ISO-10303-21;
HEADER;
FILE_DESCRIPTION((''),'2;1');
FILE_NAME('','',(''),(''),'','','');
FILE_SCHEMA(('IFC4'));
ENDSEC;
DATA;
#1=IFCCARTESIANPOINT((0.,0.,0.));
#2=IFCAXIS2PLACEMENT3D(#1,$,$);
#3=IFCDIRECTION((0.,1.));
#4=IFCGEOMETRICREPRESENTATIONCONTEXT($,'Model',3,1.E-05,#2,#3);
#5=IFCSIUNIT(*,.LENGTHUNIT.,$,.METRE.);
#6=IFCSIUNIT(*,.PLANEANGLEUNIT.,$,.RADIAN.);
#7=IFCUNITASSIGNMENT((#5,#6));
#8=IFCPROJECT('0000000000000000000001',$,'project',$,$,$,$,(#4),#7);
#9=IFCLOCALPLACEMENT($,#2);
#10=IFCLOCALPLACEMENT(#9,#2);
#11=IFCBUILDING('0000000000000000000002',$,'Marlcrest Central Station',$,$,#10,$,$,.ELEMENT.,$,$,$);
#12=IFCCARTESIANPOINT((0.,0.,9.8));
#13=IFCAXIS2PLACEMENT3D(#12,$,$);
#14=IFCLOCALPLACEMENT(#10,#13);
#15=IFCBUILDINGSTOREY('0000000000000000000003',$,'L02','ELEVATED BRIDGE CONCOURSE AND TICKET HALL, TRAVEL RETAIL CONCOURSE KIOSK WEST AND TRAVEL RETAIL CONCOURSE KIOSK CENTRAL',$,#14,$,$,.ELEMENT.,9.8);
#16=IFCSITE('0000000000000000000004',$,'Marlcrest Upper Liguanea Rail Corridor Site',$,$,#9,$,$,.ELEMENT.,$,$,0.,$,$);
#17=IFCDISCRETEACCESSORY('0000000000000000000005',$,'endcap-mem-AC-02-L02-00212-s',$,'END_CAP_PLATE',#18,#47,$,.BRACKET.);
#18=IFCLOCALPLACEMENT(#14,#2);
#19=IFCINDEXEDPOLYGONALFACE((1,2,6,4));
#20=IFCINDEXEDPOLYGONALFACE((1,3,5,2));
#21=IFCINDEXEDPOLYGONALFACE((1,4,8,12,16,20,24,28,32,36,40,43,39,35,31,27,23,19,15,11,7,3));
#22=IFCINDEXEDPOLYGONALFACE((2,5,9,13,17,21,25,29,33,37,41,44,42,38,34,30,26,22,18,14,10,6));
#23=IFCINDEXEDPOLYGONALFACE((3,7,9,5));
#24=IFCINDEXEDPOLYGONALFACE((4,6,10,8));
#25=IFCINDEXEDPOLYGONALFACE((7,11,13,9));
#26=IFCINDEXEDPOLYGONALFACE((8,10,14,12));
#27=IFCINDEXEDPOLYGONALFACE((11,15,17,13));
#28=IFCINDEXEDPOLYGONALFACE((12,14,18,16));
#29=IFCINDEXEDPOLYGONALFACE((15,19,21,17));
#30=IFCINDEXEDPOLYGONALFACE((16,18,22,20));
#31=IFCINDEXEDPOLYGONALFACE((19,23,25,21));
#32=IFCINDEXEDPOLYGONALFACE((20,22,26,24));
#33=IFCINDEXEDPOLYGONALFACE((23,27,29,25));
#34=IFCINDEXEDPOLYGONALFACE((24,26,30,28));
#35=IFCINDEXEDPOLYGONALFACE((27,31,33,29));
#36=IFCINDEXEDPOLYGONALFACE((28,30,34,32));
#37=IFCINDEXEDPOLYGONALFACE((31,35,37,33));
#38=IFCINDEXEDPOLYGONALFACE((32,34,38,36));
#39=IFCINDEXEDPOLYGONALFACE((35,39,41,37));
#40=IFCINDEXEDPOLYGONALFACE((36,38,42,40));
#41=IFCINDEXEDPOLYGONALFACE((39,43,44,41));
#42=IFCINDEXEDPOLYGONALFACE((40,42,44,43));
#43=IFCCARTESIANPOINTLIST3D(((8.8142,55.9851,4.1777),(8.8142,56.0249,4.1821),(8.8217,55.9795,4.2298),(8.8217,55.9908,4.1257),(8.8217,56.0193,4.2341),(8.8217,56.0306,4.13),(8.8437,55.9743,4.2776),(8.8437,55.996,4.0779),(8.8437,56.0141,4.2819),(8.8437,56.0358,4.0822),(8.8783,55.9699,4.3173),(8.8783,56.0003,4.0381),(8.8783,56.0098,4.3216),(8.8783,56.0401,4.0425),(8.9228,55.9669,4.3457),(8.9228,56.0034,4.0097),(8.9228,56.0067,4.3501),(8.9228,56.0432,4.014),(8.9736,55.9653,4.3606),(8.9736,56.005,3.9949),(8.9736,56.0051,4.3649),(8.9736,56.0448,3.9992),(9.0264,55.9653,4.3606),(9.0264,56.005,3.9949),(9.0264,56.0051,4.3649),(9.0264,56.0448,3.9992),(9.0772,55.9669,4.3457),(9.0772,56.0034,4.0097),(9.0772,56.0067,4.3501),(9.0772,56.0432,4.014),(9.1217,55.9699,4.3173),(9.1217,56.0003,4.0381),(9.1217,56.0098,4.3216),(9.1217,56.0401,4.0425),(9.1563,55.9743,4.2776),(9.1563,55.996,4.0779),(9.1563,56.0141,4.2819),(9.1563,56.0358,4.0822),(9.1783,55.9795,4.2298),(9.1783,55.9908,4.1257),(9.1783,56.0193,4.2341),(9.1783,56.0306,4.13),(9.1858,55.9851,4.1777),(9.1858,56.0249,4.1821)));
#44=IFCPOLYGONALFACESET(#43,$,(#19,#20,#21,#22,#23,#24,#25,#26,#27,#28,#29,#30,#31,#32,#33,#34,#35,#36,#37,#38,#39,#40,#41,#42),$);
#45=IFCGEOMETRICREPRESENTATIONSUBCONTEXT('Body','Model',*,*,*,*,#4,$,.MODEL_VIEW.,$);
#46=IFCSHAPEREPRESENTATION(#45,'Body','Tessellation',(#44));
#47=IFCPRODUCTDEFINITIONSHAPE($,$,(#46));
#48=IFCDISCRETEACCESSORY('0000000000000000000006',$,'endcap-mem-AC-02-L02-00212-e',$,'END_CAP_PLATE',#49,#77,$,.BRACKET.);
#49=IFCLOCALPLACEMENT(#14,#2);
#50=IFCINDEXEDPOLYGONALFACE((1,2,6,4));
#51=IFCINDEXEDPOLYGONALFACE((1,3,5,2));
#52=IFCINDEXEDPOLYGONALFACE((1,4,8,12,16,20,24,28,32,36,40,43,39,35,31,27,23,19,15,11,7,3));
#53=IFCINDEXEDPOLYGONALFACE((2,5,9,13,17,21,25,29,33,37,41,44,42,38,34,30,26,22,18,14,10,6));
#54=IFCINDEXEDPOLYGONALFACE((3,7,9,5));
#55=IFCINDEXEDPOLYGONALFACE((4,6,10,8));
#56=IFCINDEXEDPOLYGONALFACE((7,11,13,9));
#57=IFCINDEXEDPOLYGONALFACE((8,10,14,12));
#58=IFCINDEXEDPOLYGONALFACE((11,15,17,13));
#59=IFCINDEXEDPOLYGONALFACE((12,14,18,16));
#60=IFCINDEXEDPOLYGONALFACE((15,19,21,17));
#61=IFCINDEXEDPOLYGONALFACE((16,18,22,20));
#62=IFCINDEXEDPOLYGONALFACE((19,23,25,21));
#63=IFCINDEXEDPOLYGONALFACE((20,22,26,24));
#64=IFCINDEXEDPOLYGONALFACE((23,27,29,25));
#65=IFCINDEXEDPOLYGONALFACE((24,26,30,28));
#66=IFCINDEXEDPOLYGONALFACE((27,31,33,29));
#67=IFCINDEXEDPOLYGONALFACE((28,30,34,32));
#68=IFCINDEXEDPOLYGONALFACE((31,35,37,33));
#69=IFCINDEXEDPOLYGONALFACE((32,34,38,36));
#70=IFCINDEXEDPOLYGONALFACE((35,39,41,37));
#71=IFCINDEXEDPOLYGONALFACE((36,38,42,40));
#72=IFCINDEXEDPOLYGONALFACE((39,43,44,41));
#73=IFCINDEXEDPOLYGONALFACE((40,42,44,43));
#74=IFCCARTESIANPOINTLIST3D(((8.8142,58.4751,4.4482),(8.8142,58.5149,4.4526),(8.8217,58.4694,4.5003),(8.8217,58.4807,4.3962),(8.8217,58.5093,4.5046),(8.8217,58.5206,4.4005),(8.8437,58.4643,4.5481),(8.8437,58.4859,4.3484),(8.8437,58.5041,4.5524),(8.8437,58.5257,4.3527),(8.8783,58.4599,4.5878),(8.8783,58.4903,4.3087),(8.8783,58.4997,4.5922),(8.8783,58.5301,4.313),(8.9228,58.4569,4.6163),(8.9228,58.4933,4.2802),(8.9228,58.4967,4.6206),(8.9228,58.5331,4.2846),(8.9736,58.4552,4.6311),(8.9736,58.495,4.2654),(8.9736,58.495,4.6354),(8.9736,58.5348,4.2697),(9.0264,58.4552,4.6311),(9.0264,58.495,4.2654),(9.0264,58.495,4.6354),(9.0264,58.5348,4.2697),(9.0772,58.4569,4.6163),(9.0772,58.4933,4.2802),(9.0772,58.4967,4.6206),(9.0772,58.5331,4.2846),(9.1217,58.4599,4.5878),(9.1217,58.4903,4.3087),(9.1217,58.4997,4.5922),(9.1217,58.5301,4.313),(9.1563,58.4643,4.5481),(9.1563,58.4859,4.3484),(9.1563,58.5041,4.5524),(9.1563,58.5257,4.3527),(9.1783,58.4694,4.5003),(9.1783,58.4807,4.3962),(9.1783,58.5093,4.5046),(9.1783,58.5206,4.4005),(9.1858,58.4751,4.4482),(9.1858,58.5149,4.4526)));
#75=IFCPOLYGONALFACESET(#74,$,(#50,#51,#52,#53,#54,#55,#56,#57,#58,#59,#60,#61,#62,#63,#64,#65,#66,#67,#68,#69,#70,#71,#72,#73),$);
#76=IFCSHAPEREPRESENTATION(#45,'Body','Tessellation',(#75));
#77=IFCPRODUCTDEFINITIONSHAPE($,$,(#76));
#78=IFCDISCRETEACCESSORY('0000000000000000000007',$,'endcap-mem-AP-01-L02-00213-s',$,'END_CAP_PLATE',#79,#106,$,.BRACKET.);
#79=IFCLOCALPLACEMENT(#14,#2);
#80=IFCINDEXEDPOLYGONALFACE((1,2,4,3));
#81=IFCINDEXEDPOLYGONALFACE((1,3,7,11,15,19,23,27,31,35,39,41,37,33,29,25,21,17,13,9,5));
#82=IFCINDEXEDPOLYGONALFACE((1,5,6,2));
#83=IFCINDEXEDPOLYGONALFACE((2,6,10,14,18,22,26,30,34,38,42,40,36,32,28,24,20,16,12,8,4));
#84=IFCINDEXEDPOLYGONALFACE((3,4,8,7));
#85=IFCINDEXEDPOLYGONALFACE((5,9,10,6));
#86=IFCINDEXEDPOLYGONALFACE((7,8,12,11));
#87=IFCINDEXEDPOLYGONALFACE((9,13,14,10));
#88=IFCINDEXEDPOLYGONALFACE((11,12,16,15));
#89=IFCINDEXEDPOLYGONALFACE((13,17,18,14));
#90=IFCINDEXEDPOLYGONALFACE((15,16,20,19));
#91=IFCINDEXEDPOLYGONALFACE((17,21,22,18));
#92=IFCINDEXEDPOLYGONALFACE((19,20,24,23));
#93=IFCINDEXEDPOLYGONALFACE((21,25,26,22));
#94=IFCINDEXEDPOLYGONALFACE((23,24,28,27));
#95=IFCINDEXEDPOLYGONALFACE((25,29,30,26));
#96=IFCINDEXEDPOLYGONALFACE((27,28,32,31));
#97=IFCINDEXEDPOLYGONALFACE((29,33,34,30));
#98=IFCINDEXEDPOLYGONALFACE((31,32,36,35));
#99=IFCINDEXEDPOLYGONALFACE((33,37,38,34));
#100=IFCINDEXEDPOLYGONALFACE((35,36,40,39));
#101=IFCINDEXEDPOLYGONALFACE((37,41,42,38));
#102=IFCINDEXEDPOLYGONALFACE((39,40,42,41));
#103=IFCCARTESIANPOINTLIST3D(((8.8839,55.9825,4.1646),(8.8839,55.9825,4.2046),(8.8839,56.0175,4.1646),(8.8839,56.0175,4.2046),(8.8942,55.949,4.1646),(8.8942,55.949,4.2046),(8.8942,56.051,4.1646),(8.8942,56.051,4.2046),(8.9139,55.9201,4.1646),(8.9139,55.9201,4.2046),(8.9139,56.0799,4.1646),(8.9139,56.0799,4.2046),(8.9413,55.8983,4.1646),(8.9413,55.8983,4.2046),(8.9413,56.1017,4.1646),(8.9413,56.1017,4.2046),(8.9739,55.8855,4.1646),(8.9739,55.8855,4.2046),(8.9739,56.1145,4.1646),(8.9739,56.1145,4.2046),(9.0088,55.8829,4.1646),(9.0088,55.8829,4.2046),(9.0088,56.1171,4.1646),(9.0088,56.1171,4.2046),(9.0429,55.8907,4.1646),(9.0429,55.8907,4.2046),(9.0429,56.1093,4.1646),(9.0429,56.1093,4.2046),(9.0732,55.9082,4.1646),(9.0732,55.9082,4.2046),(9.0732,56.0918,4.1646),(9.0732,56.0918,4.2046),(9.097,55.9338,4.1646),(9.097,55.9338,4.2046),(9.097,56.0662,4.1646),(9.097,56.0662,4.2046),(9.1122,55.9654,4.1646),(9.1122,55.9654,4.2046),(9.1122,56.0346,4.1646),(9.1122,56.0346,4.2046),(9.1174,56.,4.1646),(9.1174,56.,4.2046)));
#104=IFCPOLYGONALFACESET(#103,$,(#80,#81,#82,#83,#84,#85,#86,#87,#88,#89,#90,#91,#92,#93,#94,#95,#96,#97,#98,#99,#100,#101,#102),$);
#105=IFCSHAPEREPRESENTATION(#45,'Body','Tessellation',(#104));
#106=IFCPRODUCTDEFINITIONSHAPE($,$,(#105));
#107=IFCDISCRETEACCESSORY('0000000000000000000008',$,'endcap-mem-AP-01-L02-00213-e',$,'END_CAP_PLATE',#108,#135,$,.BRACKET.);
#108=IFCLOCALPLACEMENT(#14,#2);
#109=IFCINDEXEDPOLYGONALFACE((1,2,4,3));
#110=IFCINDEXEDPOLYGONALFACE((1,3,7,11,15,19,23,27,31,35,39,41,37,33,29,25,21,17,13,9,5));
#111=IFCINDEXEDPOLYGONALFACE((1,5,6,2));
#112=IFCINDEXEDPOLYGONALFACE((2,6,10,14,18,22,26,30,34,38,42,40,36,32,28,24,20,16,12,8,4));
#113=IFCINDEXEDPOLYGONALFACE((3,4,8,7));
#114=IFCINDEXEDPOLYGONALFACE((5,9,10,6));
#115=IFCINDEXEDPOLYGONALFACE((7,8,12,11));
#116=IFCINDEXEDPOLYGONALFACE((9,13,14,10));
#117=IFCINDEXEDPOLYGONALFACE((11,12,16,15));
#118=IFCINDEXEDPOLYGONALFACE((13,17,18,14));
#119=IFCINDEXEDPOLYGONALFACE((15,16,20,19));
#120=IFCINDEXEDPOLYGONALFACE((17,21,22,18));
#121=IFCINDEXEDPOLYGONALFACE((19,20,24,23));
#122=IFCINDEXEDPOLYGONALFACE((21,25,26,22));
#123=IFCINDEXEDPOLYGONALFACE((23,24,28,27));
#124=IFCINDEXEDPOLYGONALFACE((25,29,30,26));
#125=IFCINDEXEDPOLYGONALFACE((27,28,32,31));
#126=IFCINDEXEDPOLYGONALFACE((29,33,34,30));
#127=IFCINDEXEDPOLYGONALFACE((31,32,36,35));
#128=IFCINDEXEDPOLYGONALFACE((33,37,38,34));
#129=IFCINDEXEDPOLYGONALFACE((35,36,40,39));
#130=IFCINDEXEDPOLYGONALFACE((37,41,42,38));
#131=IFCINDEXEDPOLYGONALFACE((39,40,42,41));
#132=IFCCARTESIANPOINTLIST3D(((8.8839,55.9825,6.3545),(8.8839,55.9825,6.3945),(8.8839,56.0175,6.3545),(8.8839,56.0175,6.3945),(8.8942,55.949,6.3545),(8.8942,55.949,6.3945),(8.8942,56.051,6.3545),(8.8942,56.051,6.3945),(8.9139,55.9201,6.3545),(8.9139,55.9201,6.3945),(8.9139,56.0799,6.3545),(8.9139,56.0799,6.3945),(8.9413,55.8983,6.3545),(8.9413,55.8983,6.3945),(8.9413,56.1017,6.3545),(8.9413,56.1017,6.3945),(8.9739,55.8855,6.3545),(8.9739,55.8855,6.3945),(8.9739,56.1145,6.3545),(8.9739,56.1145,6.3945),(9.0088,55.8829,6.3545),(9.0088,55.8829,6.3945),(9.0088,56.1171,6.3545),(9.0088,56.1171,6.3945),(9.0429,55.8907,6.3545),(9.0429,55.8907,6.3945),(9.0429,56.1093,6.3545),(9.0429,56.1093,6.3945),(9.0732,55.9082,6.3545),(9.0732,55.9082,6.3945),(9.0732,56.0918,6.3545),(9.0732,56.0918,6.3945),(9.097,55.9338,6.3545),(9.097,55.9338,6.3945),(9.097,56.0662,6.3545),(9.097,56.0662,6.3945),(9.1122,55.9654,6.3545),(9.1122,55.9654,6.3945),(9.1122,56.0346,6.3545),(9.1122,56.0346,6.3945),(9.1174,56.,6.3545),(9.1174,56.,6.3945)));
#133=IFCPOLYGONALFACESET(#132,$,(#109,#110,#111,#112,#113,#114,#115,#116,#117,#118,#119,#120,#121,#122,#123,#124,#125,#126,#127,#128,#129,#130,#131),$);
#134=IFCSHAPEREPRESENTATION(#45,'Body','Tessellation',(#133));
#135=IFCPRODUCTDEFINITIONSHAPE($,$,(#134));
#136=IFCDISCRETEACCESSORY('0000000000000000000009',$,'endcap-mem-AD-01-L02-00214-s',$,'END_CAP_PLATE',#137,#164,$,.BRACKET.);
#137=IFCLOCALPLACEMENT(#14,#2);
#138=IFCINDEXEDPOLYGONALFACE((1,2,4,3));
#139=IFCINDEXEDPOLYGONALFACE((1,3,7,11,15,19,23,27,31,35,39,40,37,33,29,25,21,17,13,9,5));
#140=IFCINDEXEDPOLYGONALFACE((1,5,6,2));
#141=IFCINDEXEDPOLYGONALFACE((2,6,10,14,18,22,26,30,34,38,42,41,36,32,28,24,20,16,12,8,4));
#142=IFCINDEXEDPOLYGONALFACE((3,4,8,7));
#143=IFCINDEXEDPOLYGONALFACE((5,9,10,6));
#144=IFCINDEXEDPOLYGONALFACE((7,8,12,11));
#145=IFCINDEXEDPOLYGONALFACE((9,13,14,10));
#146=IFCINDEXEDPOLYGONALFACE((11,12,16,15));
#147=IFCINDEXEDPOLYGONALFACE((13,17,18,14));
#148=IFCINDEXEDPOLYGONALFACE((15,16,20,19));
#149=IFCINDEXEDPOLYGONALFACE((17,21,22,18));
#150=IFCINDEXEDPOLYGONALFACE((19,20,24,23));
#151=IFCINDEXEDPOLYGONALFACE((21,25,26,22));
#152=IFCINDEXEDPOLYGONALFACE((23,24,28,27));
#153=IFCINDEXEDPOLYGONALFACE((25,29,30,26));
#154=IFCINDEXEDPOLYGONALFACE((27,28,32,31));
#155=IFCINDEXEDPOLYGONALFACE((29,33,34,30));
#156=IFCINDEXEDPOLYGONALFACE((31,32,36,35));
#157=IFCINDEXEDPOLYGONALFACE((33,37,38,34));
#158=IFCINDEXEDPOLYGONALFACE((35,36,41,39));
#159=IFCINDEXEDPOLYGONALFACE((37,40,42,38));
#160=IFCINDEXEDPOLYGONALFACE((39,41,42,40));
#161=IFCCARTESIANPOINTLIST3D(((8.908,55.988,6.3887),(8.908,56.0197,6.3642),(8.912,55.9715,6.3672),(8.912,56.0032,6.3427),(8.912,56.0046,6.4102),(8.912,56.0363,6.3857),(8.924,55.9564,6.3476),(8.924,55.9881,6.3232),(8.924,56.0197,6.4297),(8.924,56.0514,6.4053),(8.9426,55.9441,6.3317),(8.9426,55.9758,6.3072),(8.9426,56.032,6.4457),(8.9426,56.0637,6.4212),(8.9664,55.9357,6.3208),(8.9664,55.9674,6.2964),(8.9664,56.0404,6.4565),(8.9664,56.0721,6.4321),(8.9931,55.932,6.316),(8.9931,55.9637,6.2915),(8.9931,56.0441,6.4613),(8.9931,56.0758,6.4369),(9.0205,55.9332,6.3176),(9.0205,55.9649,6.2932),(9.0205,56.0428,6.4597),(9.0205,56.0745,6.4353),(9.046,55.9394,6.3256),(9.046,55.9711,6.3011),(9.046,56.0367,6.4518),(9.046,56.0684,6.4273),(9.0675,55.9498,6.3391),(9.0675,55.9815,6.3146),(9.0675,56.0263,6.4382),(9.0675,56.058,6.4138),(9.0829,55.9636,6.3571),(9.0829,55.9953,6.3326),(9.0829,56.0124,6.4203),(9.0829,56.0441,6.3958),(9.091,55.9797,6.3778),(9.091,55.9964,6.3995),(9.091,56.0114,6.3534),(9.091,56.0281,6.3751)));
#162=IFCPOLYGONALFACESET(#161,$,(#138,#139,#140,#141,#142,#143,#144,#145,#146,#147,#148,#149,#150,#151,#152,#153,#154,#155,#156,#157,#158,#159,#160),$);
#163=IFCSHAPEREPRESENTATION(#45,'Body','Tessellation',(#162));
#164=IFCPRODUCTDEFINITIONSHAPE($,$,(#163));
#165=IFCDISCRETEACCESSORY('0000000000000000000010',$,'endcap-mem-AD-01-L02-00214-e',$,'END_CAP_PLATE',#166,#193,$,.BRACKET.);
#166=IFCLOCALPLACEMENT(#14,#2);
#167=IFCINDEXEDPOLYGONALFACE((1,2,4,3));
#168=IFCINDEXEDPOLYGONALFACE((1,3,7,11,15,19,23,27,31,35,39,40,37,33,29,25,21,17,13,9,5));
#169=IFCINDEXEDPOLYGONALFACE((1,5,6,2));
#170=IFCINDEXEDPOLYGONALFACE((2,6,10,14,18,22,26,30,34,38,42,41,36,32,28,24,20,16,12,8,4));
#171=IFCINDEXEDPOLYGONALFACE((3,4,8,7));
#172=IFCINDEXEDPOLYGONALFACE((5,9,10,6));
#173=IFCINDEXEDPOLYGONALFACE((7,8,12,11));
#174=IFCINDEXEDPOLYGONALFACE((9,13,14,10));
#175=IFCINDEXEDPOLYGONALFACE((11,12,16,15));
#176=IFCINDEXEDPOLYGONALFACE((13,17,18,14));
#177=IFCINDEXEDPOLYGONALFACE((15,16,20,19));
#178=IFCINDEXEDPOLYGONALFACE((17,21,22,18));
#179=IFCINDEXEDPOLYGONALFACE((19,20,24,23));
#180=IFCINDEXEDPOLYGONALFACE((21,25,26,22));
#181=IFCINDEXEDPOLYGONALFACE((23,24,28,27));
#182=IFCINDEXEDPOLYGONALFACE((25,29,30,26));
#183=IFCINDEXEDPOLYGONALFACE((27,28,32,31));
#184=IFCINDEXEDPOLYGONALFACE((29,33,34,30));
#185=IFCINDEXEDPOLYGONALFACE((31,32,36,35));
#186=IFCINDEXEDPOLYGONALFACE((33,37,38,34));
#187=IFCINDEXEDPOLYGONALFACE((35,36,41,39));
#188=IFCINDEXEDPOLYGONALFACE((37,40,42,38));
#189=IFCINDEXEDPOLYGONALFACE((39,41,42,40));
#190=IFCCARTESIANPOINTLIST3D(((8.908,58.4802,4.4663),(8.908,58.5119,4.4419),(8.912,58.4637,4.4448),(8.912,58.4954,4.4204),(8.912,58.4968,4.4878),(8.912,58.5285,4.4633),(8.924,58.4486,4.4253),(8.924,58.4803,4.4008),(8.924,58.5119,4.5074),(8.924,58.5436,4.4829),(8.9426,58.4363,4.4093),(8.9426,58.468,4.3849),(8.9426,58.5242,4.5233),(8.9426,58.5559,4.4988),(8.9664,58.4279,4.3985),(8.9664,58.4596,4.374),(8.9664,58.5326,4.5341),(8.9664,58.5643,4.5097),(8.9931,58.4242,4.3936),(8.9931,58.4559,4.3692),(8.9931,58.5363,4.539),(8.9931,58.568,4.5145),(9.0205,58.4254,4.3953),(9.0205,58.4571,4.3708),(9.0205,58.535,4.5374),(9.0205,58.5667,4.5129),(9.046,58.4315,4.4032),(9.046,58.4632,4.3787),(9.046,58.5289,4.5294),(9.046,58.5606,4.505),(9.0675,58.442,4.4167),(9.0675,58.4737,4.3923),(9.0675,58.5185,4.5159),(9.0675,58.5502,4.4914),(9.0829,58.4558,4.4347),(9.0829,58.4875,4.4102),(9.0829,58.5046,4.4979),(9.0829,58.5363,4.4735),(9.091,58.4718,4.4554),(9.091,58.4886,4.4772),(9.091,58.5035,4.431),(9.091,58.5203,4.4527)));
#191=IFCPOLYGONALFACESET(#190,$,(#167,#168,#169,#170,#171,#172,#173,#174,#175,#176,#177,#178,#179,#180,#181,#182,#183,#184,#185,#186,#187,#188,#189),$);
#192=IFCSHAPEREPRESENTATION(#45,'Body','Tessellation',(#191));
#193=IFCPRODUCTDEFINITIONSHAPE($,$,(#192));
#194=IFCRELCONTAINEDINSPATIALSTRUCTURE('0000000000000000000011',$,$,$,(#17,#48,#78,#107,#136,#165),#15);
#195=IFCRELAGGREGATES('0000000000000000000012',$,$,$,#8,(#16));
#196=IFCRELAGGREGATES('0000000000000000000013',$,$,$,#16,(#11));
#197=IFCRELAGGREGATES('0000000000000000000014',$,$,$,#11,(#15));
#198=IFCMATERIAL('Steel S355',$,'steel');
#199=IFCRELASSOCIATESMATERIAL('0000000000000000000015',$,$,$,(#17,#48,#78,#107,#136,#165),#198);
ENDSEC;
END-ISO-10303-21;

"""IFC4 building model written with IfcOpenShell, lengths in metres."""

from ifc_helpers import new_model, si_unit, direction, frame, origin, origin_2d, place, context, subcontext, project, spatial, circle, extrude, material, element, save


model = new_model("IFC4")

# Units and contexts
model_context = context("Model", 3, precision=1e-05, world=origin(), true_north=direction((0.0, 1.0)))
body_context = subcontext(model_context, "Body", "Model", "MODEL_VIEW")
ifc_project = project(units=[si_unit("LENGTHUNIT", "METRE"), si_unit("PLANEANGLEUNIT", "RADIAN")], contexts=[model_context])

# Site, building, storey
site_placement = place(None, origin())
site = spatial("IfcSite", under=ifc_project, at=site_placement, Name="Marlcrest Upper Liguanea Rail Corridor Site", CompositionType="ELEMENT", RefElevation=0.0)
building_placement = place(site_placement, origin())
building = spatial("IfcBuilding", under=site, at=building_placement, Name="Marlcrest Central Station", CompositionType="ELEMENT")
storey_placement = place(building_placement, frame((0.0, 0.0, 9.8)))
storey = spatial("IfcBuildingStorey", under=building, at=storey_placement, Name="L02", Description="ELEVATED BRIDGE CONCOURSE AND TICKET HALL, TRAVEL RETAIL CONCOURSE KIOSK WEST AND TRAVEL RETAIL CONCOURSE KIOSK CENTRAL", CompositionType="ELEMENT", Elevation=9.8)

# Shared definitions
ifc_material = material(Name="Steel S355", Category="steel")

# Discrete accessories
for number, where, z_axis, x_axis, name in (
    (1, (9.0, 55.9851, 4.1777), (0.0, 0.994155, 0.107959), (-1.0, 0.0, 0.0), "endcap-mem-AC-02-L02-00212-s"),
    (2, (9.0, 58.4751, 4.4482), (0.0, 0.994155, 0.107959), (-1.0, 0.0, 0.0), "endcap-mem-AC-02-L02-00212-e"),
):
    element("IfcDiscreteAccessory", number, at=place(storey_placement, frame(where, z_axis=z_axis, x_axis=x_axis)), inside=storey, material=ifc_material, Name=name, ObjectType="END_CAP_PLATE", PredefinedType="BRACKET", context=body_context, shape_type="SweptSolid", body=[
        extrude(circle(Radius=0.1858, at=origin_2d()), origin(), (0.0, 0.0, 1.0), 0.04),
    ])
for number, where, z_axis, x_axis, name in (
    (3, (9.0, 56.0, 4.1646), (0.0, 0.0, 1.0), (1.0, 0.0, 0.0), "endcap-mem-AP-01-L02-00213-s"),
    (4, (9.0, 56.0, 6.3545), (0.0, 0.0, 1.0), (1.0, 0.0, 0.0), "endcap-mem-AP-01-L02-00213-e"),
):
    element("IfcDiscreteAccessory", number, at=place(storey_placement, frame(where, z_axis=z_axis, x_axis=x_axis)), inside=storey, material=ifc_material, Name=name, ObjectType="END_CAP_PLATE", PredefinedType="BRACKET", context=body_context, shape_type="SweptSolid", body=[
        extrude(circle(Radius=0.1174, at=origin_2d()), origin(), (0.0, 0.0, 1.0), 0.04),
    ])
for number, where, z_axis, x_axis, name in (
    (5, (9.0, 55.988, 6.3887), (0.0, 0.791798, -0.610783), (-1.0, 0.0, 0.0), "endcap-mem-AD-01-L02-00214-s"),
    (6, (9.0, 58.4802, 4.4663), (0.0, 0.791798, -0.610783), (-1.0, 0.0, 0.0), "endcap-mem-AD-01-L02-00214-e"),
):
    element("IfcDiscreteAccessory", number, at=place(storey_placement, frame(where, z_axis=z_axis, x_axis=x_axis)), inside=storey, material=ifc_material, Name=name, ObjectType="END_CAP_PLATE", PredefinedType="BRACKET", context=body_context, shape_type="SweptSolid", body=[
        extrude(circle(Radius=0.092, at=origin_2d()), origin(), (0.0, 0.0, 1.0), 0.04),
    ])

save(model, "model.ifc")
